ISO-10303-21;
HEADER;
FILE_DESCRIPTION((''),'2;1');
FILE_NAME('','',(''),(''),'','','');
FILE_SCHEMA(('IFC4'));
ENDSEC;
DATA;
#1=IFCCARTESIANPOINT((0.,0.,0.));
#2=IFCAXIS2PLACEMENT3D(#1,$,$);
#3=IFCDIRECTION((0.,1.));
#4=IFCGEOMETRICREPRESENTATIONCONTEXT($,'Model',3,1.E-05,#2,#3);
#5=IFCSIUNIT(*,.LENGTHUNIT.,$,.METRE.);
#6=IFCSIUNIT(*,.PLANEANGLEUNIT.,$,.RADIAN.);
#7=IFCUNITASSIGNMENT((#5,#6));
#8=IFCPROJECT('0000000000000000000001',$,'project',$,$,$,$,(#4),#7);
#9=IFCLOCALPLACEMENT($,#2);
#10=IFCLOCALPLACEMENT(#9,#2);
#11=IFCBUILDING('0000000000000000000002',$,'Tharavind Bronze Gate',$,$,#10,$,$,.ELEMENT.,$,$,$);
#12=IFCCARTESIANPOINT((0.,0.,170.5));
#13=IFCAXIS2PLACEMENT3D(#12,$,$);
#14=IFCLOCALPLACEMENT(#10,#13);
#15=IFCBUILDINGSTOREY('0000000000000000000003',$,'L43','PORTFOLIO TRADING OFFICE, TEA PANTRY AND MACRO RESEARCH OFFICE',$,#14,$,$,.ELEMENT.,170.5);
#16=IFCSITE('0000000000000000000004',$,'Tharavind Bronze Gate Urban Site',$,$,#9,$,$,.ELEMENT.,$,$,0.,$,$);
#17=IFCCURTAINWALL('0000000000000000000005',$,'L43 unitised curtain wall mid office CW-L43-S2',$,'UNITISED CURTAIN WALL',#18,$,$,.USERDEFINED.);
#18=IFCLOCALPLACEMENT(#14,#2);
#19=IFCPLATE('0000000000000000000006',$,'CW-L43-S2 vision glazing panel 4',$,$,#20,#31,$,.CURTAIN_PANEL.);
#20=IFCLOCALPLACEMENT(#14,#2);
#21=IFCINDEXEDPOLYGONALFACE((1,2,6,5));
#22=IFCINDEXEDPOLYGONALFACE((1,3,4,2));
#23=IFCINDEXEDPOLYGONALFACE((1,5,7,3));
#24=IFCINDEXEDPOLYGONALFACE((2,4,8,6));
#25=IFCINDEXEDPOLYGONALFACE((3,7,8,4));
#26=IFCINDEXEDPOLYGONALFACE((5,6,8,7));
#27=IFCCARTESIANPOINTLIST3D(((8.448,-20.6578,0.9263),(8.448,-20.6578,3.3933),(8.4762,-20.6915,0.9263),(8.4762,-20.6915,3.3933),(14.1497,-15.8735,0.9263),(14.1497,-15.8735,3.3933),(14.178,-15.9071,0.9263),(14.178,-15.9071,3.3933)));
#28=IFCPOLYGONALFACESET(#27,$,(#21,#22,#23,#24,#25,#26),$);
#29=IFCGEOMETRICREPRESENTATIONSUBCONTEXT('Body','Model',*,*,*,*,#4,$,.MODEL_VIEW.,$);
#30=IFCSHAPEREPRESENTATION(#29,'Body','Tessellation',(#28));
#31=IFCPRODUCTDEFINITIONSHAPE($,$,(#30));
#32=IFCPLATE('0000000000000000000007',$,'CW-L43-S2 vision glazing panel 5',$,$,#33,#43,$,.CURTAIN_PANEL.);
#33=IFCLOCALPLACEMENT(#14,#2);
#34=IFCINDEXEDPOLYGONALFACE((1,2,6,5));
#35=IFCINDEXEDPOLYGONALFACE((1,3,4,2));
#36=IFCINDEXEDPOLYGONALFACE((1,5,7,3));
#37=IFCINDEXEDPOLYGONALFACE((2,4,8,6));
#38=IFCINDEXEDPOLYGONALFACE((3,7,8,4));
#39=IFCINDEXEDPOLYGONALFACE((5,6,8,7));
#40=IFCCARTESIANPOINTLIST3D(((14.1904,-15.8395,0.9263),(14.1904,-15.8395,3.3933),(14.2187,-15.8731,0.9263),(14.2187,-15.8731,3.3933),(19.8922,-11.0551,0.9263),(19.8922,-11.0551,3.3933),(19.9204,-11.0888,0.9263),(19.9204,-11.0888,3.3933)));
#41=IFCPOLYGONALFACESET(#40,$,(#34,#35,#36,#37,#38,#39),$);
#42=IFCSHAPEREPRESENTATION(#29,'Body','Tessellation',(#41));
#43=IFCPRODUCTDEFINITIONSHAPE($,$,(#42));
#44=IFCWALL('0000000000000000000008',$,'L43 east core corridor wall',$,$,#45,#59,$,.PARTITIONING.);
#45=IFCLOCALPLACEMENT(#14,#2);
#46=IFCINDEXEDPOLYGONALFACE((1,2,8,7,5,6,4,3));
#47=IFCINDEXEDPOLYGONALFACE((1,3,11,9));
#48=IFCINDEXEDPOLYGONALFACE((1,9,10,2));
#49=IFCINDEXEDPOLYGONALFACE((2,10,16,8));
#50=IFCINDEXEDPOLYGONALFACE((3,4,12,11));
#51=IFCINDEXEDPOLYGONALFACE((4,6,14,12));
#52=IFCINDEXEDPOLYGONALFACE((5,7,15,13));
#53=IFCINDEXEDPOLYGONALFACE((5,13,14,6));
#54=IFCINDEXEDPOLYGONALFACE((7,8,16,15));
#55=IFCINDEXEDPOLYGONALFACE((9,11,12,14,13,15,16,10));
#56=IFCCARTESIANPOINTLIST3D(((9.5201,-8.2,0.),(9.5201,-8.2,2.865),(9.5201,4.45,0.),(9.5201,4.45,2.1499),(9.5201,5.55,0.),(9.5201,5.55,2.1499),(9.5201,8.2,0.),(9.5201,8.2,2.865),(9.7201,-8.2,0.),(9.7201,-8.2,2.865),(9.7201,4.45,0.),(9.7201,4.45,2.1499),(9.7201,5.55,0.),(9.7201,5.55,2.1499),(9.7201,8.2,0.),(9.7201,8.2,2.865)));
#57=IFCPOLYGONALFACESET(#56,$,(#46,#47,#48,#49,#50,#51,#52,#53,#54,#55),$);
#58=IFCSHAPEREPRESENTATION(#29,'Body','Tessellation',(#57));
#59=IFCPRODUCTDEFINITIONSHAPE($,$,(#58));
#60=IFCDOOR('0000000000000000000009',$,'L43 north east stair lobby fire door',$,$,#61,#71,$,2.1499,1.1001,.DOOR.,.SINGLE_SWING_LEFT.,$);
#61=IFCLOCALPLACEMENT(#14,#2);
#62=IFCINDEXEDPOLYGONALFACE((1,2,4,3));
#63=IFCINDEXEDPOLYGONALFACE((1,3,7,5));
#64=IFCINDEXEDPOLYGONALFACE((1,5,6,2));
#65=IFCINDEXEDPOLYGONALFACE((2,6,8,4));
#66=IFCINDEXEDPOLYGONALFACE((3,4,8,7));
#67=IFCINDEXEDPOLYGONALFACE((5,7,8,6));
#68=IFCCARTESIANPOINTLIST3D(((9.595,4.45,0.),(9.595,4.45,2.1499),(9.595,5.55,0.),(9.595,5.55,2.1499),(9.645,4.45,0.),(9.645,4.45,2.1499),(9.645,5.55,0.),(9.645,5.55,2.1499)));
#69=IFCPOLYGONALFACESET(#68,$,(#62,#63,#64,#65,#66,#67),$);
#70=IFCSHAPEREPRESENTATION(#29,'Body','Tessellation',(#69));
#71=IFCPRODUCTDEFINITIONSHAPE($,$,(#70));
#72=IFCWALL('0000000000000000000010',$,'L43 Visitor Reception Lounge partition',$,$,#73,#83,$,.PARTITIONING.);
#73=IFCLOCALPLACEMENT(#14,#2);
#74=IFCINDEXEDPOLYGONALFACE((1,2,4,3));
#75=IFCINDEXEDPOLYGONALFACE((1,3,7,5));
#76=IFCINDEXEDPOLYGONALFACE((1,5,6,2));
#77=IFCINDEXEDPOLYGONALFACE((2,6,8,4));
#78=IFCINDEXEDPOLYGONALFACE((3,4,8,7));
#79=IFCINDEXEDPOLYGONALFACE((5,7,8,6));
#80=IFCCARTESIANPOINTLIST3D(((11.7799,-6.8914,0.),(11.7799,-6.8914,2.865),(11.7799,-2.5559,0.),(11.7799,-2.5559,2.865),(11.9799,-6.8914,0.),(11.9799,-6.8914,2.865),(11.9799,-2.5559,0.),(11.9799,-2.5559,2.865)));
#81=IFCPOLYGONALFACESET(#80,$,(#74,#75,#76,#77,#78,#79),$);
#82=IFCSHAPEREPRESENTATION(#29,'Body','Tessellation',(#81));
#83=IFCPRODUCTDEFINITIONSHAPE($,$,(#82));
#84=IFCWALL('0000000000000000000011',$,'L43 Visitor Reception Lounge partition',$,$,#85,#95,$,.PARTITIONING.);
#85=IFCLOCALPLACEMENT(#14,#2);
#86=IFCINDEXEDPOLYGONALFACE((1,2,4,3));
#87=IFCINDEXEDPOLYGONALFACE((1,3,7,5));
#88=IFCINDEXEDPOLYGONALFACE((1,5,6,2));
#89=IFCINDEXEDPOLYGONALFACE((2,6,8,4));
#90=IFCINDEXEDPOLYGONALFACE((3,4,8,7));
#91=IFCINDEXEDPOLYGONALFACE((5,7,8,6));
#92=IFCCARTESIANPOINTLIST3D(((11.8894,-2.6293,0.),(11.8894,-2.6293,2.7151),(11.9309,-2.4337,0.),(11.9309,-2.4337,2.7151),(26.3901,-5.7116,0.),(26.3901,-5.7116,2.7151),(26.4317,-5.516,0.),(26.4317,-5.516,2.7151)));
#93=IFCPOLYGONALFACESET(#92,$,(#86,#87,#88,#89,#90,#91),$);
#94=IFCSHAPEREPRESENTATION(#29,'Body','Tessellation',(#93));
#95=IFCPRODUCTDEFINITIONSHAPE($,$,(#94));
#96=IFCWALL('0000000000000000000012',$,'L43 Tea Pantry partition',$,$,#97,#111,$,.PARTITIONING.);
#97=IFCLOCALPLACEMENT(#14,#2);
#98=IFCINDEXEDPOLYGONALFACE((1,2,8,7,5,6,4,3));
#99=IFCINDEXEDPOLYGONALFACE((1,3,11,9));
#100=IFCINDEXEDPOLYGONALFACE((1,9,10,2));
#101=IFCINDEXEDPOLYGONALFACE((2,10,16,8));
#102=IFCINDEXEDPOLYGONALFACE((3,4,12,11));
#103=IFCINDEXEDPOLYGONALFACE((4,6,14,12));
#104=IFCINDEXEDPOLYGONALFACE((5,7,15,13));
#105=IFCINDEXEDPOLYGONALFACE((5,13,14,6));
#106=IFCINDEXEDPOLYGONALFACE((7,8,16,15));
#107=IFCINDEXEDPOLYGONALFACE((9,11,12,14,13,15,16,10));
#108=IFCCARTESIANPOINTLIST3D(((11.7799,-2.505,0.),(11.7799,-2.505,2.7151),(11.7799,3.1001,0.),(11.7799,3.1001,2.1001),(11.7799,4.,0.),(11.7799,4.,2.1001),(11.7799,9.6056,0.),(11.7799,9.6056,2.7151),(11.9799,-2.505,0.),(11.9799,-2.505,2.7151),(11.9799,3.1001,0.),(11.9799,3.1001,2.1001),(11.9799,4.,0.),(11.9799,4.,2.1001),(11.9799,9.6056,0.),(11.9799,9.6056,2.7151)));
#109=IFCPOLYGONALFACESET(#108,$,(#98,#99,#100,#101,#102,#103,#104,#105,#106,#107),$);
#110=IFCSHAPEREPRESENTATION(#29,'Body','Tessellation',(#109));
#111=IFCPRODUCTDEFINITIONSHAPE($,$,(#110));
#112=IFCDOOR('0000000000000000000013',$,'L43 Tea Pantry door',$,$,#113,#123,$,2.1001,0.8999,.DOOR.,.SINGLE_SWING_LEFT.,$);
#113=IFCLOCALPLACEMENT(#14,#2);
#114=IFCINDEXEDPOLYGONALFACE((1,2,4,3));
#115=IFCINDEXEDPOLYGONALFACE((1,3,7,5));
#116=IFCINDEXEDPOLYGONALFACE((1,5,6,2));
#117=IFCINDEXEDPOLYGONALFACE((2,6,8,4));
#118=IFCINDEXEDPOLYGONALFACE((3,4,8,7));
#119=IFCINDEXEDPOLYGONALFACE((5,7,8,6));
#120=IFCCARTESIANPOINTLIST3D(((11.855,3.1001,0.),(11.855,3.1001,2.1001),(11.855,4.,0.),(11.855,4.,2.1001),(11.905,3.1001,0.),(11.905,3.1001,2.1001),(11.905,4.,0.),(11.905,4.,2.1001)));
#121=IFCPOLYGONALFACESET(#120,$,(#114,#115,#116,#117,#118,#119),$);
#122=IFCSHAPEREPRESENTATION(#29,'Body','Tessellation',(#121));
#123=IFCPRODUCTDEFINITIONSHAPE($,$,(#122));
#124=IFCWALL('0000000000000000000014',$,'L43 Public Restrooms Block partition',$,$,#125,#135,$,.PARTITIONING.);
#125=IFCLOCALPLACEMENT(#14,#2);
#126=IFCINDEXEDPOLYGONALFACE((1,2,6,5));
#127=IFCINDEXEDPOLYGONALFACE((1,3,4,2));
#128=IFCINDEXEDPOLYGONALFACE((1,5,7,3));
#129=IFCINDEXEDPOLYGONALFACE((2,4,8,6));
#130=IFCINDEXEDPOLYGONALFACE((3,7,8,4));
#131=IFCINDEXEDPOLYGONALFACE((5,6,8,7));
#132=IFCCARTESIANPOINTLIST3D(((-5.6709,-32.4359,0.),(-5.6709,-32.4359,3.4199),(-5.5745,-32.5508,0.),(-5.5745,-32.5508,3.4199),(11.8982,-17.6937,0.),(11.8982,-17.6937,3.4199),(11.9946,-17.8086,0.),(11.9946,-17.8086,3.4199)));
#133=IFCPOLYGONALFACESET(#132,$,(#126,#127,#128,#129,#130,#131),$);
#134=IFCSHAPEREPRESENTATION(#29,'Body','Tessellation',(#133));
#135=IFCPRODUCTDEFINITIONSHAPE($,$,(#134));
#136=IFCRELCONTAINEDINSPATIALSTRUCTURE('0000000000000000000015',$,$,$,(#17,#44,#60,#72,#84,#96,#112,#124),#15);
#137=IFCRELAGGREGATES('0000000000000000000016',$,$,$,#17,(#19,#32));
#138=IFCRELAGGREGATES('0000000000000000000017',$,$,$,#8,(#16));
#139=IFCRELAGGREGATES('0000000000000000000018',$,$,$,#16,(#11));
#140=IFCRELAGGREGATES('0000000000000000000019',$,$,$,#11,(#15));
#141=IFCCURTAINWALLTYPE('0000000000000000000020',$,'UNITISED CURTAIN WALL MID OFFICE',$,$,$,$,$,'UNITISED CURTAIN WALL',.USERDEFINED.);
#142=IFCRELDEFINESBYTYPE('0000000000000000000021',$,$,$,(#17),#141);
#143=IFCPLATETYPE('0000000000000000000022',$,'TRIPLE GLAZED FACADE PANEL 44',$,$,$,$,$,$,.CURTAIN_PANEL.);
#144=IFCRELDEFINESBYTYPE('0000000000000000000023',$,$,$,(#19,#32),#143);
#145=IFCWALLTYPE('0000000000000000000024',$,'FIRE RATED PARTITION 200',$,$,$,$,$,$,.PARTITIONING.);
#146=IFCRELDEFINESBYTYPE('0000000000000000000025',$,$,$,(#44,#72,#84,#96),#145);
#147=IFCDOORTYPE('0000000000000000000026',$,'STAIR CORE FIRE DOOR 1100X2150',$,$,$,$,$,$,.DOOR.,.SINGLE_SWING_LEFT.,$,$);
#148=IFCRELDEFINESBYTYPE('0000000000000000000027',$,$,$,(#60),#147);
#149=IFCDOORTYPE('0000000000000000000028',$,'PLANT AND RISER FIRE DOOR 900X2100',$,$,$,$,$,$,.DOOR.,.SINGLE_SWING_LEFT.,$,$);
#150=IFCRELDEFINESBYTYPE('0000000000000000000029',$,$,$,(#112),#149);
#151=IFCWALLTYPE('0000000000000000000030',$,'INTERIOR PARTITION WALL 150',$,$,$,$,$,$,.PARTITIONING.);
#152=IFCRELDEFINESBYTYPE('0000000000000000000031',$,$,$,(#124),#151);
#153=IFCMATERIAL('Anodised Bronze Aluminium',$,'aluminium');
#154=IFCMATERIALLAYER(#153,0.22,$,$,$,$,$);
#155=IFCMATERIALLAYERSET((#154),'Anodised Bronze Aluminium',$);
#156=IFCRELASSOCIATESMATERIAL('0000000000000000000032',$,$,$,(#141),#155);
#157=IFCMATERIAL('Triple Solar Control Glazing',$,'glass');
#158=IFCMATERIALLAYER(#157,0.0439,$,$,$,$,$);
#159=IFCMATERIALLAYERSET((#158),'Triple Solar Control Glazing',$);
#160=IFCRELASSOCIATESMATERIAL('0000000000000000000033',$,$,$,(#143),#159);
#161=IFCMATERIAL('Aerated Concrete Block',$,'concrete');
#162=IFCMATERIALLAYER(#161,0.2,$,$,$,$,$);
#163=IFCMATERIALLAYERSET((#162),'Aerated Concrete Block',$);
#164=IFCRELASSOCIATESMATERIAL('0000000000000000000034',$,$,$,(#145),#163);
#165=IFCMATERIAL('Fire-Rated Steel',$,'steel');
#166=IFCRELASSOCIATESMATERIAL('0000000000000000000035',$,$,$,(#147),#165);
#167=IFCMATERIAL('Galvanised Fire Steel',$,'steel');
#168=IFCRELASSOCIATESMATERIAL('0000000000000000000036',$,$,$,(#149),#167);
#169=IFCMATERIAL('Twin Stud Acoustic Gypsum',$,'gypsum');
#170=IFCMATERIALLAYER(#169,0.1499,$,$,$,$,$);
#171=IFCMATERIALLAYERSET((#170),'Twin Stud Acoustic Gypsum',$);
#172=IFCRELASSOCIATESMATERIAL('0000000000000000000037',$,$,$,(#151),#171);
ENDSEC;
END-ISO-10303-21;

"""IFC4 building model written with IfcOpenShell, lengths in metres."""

from ifc_helpers import new_model, si_unit, direction, frame, frame_2d, origin, origin_2d, place, context, subcontext, project, spatial, rectangle, extrude, material, layer, layer_set, type_object, element, fill, aggregate, save


model = new_model("IFC4")

# Units and contexts
model_context = context("Model", 3, precision=1e-05, world=origin(), true_north=direction((0.0, 1.0)))
body_context = subcontext(model_context, "Body", "Model", "MODEL_VIEW")
ifc_project = project(units=[si_unit("LENGTHUNIT", "METRE"), si_unit("PLANEANGLEUNIT", "RADIAN")], contexts=[model_context])

# Site, building, storey
site_placement = place(None, origin())
site = spatial("IfcSite", under=ifc_project, at=site_placement, Name="Tharavind Bronze Gate Urban Site", CompositionType="ELEMENT", RefElevation=0.0)
building_placement = place(site_placement, origin())
building = spatial("IfcBuilding", under=site, at=building_placement, Name="Tharavind Bronze Gate", CompositionType="ELEMENT")
storey_placement = place(building_placement, frame((0.0, 0.0, 170.5)))
storey = spatial("IfcBuildingStorey", under=building, at=storey_placement, Name="L43", Description="PORTFOLIO TRADING OFFICE, TEA PANTRY AND MACRO RESEARCH OFFICE", CompositionType="ELEMENT", Elevation=170.5)

# Curtain wall
ifc_material_1 = material(Name="Anodised Bronze Aluminium", Category="aluminium")
ifc_layer_1 = layer(ifc_material_1, 0.22)
ifc_layer_set_1 = layer_set([ifc_layer_1], Name="Anodised Bronze Aluminium")
curtain_wall_type = type_object("IfcCurtainWallType", Name="UNITISED CURTAIN WALL MID OFFICE", ElementType="UNITISED CURTAIN WALL", PredefinedType="USERDEFINED", material=ifc_layer_set_1)
curtain_wall_placement = place(storey_placement, origin())
curtain_wall = element("IfcCurtainWall", 1, at=curtain_wall_placement, inside=storey, type_object=curtain_wall_type, Name="L43 unitised curtain wall mid office CW-L43-S2", ObjectType="UNITISED CURTAIN WALL", PredefinedType="USERDEFINED")

# Plates
ifc_material_2 = material(Name="Triple Solar Control Glazing", Category="glass")
ifc_layer_2 = layer(ifc_material_2, 0.0439)
ifc_layer_set_2 = layer_set([ifc_layer_2], Name="Triple Solar Control Glazing")
plate_type_1 = type_object("IfcPlateType", Name="TRIPLE GLAZED FACADE PANEL 44", PredefinedType="CURTAIN_PANEL", material=ifc_layer_set_2)
plate_1_placement = place(storey_placement, frame((11.313, -18.2825, 0.9263), z_axis=(0.0, 0.0, 1.0), x_axis=(0.766043, 0.642789, 0.0)))
plate_1 = element("IfcPlate", 2, at=plate_1_placement, type_object=plate_type_1, Name="CW-L43-S2 vision glazing panel 4", PredefinedType="CURTAIN_PANEL", context=body_context, shape_type="SweptSolid", body=[
    extrude(rectangle(XDim=7.4431, YDim=0.0439, at=origin_2d()), origin(), (0.0, 0.0, 1.0), 2.467),
])
plate_2_placement = place(storey_placement, frame((17.0554, -13.4641, 0.9263), z_axis=(0.0, 0.0, 1.0), x_axis=(0.766043, 0.642789, 0.0)))
plate_2 = element("IfcPlate", 3, at=plate_2_placement, type_object=plate_type_1, Name="CW-L43-S2 vision glazing panel 5", PredefinedType="CURTAIN_PANEL", context=body_context, shape_type="SweptSolid", body=[
    extrude(rectangle(XDim=7.4431, YDim=0.0439, at=origin_2d()), origin(), (0.0, 0.0, 1.0), 2.467),
])
aggregate(curtain_wall, [plate_1, plate_2])

# Wall, opening, door
ifc_material_3 = material(Name="Aerated Concrete Block", Category="concrete")
ifc_layer_3 = layer(ifc_material_3, 0.2)
ifc_layer_set_3 = layer_set([ifc_layer_3], Name="Aerated Concrete Block")
wall_type_1 = type_object("IfcWallType", Name="FIRE RATED PARTITION 200", PredefinedType="PARTITIONING", material=ifc_layer_set_3)
wall_1_placement = place(storey_placement, frame((9.6201, -8.2, 0.0), z_axis=(0.0, 0.0, 1.0), x_axis=(0.0, 1.0, 0.0)))
wall_1 = element("IfcWall", 4, at=wall_1_placement, inside=storey, type_object=wall_type_1, Name="L43 east core corridor wall", PredefinedType="PARTITIONING", context=body_context, shape_type="SweptSolid", body=[
    extrude(rectangle(XDim=16.3999, YDim=0.2, at=frame_2d((8.2, 0.0))), origin(), (0.0, 0.0, 1.0), 2.865),
])
opening_1_placement = place(wall_1_placement, frame((12.6499, 0.0, 0.0)))
opening_1 = element("IfcOpeningElement", 5, at=opening_1_placement, cuts=wall_1, PredefinedType="OPENING", context=body_context, shape_type="SweptSolid", body=[
    extrude(rectangle(XDim=1.1001, YDim=2.1499, at=frame_2d((0.55, 1.075))), frame((0.0, 0.1101, 0.0), z_axis=(0.0, -1.0, 0.0), x_axis=(1.0, 0.0, 0.0)), (0.0, 0.0, 1.0), 0.22),
])
ifc_material_4 = material(Name="Fire-Rated Steel", Category="steel")
door_type_1 = type_object("IfcDoorType", Name="STAIR CORE FIRE DOOR 1100X2150", OperationType="SINGLE_SWING_LEFT", PredefinedType="DOOR", material=ifc_material_4)
door_1_placement = place(opening_1_placement, frame((1.1001, 0.0, 0.0), z_axis=(0.0, 0.0, 1.0), x_axis=(-1.0, 0.0, 0.0)))
door_1 = element("IfcDoor", 6, at=door_1_placement, inside=storey, type_object=door_type_1, Name="L43 north east stair lobby fire door", OperationType="SINGLE_SWING_LEFT", OverallHeight=2.1499, OverallWidth=1.1001, PredefinedType="DOOR", context=body_context, shape_type="SweptSolid", body=[
    extrude(rectangle(XDim=1.1001, YDim=2.1499, at=frame_2d((0.55, 1.075))), frame((0.0, 0.0249, 0.0), z_axis=(0.0, -1.0, 0.0), x_axis=(1.0, 0.0, 0.0)), (0.0, 0.0, 1.0), 0.05),
])
fill(opening_1, door_1)

# Walls
wall_2_placement = place(storey_placement, frame((11.8799, -6.8914, 0.0), z_axis=(0.0, 0.0, 1.0), x_axis=(0.0, 1.0, 0.0)))
element("IfcWall", 7, at=wall_2_placement, inside=storey, type_object=wall_type_1, Name="L43 Visitor Reception Lounge partition", PredefinedType="PARTITIONING", context=body_context, shape_type="SweptSolid", body=[
    extrude(rectangle(XDim=4.3354, YDim=0.2, at=frame_2d((2.1677, 0.0))), origin(), (0.0, 0.0, 1.0), 2.865),
])
wall_3_placement = place(storey_placement, frame((11.9102, -2.5315, 0.0), z_axis=(0.0, 0.0, 1.0), x_axis=(0.978147, -0.207915, 0.0)))
element("IfcWall", 8, at=wall_3_placement, inside=storey, type_object=wall_type_1, Name="L43 Visitor Reception Lounge partition", PredefinedType="PARTITIONING", context=body_context, shape_type="SweptSolid", body=[
    extrude(rectangle(XDim=14.8247, YDim=0.2, at=frame_2d((7.4124, 0.0))), origin(), (0.0, 0.0, 1.0), 2.7151),
])

# Wall, opening, door
wall_4_placement = place(storey_placement, frame((11.8799, -2.5049, 0.0), z_axis=(0.0, 0.0, 1.0), x_axis=(0.0, 1.0, 0.0)))
wall_4 = element("IfcWall", 9, at=wall_4_placement, inside=storey, type_object=wall_type_1, Name="L43 Tea Pantry partition", PredefinedType="PARTITIONING", context=body_context, shape_type="SweptSolid", body=[
    extrude(rectangle(XDim=12.1106, YDim=0.2, at=frame_2d((6.0552, 0.0))), origin(), (0.0, 0.0, 1.0), 2.7151),
])
opening_2_placement = place(wall_4_placement, frame((5.605, 0.0, 0.0)))
opening_2 = element("IfcOpeningElement", 10, at=opening_2_placement, cuts=wall_4, PredefinedType="OPENING", context=body_context, shape_type="SweptSolid", body=[
    extrude(rectangle(XDim=0.8999, YDim=2.1001, at=frame_2d((0.45, 1.05))), frame((0.0, 0.1101, 0.0), z_axis=(0.0, -1.0, 0.0), x_axis=(1.0, 0.0, 0.0)), (0.0, 0.0, 1.0), 0.22),
])
ifc_material_5 = material(Name="Galvanised Fire Steel", Category="steel")
door_type_2 = type_object("IfcDoorType", Name="PLANT AND RISER FIRE DOOR 900X2100", OperationType="SINGLE_SWING_LEFT", PredefinedType="DOOR", material=ifc_material_5)
door_2_placement = place(opening_2_placement, origin())
door_2 = element("IfcDoor", 11, at=door_2_placement, inside=storey, type_object=door_type_2, Name="L43 Tea Pantry door", OperationType="SINGLE_SWING_LEFT", OverallHeight=2.1001, OverallWidth=0.8999, PredefinedType="DOOR", context=body_context, shape_type="SweptSolid", body=[
    extrude(rectangle(XDim=0.8999, YDim=2.1001, at=frame_2d((0.45, 1.05))), frame((0.0, 0.0249, 0.0), z_axis=(0.0, -1.0, 0.0), x_axis=(1.0, 0.0, 0.0)), (0.0, 0.0, 1.0), 0.05),
])
fill(opening_2, door_2)

# Wall
ifc_material_6 = material(Name="Twin Stud Acoustic Gypsum", Category="gypsum")
ifc_layer_4 = layer(ifc_material_6, 0.1499)
ifc_layer_set_4 = layer_set([ifc_layer_4], Name="Twin Stud Acoustic Gypsum")
wall_type_2 = type_object("IfcWallType", Name="INTERIOR PARTITION WALL 150", PredefinedType="PARTITIONING", material=ifc_layer_set_4)
wall_5_placement = place(storey_placement, frame((11.9463, -17.7512, 0.0), z_axis=(0.0, 0.0, 1.0), x_axis=(-0.766045, -0.642787, 0.0)))
element("IfcWall", 12, at=wall_5_placement, inside=storey, type_object=wall_type_2, Name="L43 Public Restrooms Block partition", PredefinedType="PARTITIONING", context=body_context, shape_type="SweptSolid", body=[
    extrude(rectangle(XDim=22.9348, YDim=0.1499, at=frame_2d((11.4673, 0.0))), origin(), (0.0, 0.0, 1.0), 3.4199),
])

save(model, "model.ifc")
